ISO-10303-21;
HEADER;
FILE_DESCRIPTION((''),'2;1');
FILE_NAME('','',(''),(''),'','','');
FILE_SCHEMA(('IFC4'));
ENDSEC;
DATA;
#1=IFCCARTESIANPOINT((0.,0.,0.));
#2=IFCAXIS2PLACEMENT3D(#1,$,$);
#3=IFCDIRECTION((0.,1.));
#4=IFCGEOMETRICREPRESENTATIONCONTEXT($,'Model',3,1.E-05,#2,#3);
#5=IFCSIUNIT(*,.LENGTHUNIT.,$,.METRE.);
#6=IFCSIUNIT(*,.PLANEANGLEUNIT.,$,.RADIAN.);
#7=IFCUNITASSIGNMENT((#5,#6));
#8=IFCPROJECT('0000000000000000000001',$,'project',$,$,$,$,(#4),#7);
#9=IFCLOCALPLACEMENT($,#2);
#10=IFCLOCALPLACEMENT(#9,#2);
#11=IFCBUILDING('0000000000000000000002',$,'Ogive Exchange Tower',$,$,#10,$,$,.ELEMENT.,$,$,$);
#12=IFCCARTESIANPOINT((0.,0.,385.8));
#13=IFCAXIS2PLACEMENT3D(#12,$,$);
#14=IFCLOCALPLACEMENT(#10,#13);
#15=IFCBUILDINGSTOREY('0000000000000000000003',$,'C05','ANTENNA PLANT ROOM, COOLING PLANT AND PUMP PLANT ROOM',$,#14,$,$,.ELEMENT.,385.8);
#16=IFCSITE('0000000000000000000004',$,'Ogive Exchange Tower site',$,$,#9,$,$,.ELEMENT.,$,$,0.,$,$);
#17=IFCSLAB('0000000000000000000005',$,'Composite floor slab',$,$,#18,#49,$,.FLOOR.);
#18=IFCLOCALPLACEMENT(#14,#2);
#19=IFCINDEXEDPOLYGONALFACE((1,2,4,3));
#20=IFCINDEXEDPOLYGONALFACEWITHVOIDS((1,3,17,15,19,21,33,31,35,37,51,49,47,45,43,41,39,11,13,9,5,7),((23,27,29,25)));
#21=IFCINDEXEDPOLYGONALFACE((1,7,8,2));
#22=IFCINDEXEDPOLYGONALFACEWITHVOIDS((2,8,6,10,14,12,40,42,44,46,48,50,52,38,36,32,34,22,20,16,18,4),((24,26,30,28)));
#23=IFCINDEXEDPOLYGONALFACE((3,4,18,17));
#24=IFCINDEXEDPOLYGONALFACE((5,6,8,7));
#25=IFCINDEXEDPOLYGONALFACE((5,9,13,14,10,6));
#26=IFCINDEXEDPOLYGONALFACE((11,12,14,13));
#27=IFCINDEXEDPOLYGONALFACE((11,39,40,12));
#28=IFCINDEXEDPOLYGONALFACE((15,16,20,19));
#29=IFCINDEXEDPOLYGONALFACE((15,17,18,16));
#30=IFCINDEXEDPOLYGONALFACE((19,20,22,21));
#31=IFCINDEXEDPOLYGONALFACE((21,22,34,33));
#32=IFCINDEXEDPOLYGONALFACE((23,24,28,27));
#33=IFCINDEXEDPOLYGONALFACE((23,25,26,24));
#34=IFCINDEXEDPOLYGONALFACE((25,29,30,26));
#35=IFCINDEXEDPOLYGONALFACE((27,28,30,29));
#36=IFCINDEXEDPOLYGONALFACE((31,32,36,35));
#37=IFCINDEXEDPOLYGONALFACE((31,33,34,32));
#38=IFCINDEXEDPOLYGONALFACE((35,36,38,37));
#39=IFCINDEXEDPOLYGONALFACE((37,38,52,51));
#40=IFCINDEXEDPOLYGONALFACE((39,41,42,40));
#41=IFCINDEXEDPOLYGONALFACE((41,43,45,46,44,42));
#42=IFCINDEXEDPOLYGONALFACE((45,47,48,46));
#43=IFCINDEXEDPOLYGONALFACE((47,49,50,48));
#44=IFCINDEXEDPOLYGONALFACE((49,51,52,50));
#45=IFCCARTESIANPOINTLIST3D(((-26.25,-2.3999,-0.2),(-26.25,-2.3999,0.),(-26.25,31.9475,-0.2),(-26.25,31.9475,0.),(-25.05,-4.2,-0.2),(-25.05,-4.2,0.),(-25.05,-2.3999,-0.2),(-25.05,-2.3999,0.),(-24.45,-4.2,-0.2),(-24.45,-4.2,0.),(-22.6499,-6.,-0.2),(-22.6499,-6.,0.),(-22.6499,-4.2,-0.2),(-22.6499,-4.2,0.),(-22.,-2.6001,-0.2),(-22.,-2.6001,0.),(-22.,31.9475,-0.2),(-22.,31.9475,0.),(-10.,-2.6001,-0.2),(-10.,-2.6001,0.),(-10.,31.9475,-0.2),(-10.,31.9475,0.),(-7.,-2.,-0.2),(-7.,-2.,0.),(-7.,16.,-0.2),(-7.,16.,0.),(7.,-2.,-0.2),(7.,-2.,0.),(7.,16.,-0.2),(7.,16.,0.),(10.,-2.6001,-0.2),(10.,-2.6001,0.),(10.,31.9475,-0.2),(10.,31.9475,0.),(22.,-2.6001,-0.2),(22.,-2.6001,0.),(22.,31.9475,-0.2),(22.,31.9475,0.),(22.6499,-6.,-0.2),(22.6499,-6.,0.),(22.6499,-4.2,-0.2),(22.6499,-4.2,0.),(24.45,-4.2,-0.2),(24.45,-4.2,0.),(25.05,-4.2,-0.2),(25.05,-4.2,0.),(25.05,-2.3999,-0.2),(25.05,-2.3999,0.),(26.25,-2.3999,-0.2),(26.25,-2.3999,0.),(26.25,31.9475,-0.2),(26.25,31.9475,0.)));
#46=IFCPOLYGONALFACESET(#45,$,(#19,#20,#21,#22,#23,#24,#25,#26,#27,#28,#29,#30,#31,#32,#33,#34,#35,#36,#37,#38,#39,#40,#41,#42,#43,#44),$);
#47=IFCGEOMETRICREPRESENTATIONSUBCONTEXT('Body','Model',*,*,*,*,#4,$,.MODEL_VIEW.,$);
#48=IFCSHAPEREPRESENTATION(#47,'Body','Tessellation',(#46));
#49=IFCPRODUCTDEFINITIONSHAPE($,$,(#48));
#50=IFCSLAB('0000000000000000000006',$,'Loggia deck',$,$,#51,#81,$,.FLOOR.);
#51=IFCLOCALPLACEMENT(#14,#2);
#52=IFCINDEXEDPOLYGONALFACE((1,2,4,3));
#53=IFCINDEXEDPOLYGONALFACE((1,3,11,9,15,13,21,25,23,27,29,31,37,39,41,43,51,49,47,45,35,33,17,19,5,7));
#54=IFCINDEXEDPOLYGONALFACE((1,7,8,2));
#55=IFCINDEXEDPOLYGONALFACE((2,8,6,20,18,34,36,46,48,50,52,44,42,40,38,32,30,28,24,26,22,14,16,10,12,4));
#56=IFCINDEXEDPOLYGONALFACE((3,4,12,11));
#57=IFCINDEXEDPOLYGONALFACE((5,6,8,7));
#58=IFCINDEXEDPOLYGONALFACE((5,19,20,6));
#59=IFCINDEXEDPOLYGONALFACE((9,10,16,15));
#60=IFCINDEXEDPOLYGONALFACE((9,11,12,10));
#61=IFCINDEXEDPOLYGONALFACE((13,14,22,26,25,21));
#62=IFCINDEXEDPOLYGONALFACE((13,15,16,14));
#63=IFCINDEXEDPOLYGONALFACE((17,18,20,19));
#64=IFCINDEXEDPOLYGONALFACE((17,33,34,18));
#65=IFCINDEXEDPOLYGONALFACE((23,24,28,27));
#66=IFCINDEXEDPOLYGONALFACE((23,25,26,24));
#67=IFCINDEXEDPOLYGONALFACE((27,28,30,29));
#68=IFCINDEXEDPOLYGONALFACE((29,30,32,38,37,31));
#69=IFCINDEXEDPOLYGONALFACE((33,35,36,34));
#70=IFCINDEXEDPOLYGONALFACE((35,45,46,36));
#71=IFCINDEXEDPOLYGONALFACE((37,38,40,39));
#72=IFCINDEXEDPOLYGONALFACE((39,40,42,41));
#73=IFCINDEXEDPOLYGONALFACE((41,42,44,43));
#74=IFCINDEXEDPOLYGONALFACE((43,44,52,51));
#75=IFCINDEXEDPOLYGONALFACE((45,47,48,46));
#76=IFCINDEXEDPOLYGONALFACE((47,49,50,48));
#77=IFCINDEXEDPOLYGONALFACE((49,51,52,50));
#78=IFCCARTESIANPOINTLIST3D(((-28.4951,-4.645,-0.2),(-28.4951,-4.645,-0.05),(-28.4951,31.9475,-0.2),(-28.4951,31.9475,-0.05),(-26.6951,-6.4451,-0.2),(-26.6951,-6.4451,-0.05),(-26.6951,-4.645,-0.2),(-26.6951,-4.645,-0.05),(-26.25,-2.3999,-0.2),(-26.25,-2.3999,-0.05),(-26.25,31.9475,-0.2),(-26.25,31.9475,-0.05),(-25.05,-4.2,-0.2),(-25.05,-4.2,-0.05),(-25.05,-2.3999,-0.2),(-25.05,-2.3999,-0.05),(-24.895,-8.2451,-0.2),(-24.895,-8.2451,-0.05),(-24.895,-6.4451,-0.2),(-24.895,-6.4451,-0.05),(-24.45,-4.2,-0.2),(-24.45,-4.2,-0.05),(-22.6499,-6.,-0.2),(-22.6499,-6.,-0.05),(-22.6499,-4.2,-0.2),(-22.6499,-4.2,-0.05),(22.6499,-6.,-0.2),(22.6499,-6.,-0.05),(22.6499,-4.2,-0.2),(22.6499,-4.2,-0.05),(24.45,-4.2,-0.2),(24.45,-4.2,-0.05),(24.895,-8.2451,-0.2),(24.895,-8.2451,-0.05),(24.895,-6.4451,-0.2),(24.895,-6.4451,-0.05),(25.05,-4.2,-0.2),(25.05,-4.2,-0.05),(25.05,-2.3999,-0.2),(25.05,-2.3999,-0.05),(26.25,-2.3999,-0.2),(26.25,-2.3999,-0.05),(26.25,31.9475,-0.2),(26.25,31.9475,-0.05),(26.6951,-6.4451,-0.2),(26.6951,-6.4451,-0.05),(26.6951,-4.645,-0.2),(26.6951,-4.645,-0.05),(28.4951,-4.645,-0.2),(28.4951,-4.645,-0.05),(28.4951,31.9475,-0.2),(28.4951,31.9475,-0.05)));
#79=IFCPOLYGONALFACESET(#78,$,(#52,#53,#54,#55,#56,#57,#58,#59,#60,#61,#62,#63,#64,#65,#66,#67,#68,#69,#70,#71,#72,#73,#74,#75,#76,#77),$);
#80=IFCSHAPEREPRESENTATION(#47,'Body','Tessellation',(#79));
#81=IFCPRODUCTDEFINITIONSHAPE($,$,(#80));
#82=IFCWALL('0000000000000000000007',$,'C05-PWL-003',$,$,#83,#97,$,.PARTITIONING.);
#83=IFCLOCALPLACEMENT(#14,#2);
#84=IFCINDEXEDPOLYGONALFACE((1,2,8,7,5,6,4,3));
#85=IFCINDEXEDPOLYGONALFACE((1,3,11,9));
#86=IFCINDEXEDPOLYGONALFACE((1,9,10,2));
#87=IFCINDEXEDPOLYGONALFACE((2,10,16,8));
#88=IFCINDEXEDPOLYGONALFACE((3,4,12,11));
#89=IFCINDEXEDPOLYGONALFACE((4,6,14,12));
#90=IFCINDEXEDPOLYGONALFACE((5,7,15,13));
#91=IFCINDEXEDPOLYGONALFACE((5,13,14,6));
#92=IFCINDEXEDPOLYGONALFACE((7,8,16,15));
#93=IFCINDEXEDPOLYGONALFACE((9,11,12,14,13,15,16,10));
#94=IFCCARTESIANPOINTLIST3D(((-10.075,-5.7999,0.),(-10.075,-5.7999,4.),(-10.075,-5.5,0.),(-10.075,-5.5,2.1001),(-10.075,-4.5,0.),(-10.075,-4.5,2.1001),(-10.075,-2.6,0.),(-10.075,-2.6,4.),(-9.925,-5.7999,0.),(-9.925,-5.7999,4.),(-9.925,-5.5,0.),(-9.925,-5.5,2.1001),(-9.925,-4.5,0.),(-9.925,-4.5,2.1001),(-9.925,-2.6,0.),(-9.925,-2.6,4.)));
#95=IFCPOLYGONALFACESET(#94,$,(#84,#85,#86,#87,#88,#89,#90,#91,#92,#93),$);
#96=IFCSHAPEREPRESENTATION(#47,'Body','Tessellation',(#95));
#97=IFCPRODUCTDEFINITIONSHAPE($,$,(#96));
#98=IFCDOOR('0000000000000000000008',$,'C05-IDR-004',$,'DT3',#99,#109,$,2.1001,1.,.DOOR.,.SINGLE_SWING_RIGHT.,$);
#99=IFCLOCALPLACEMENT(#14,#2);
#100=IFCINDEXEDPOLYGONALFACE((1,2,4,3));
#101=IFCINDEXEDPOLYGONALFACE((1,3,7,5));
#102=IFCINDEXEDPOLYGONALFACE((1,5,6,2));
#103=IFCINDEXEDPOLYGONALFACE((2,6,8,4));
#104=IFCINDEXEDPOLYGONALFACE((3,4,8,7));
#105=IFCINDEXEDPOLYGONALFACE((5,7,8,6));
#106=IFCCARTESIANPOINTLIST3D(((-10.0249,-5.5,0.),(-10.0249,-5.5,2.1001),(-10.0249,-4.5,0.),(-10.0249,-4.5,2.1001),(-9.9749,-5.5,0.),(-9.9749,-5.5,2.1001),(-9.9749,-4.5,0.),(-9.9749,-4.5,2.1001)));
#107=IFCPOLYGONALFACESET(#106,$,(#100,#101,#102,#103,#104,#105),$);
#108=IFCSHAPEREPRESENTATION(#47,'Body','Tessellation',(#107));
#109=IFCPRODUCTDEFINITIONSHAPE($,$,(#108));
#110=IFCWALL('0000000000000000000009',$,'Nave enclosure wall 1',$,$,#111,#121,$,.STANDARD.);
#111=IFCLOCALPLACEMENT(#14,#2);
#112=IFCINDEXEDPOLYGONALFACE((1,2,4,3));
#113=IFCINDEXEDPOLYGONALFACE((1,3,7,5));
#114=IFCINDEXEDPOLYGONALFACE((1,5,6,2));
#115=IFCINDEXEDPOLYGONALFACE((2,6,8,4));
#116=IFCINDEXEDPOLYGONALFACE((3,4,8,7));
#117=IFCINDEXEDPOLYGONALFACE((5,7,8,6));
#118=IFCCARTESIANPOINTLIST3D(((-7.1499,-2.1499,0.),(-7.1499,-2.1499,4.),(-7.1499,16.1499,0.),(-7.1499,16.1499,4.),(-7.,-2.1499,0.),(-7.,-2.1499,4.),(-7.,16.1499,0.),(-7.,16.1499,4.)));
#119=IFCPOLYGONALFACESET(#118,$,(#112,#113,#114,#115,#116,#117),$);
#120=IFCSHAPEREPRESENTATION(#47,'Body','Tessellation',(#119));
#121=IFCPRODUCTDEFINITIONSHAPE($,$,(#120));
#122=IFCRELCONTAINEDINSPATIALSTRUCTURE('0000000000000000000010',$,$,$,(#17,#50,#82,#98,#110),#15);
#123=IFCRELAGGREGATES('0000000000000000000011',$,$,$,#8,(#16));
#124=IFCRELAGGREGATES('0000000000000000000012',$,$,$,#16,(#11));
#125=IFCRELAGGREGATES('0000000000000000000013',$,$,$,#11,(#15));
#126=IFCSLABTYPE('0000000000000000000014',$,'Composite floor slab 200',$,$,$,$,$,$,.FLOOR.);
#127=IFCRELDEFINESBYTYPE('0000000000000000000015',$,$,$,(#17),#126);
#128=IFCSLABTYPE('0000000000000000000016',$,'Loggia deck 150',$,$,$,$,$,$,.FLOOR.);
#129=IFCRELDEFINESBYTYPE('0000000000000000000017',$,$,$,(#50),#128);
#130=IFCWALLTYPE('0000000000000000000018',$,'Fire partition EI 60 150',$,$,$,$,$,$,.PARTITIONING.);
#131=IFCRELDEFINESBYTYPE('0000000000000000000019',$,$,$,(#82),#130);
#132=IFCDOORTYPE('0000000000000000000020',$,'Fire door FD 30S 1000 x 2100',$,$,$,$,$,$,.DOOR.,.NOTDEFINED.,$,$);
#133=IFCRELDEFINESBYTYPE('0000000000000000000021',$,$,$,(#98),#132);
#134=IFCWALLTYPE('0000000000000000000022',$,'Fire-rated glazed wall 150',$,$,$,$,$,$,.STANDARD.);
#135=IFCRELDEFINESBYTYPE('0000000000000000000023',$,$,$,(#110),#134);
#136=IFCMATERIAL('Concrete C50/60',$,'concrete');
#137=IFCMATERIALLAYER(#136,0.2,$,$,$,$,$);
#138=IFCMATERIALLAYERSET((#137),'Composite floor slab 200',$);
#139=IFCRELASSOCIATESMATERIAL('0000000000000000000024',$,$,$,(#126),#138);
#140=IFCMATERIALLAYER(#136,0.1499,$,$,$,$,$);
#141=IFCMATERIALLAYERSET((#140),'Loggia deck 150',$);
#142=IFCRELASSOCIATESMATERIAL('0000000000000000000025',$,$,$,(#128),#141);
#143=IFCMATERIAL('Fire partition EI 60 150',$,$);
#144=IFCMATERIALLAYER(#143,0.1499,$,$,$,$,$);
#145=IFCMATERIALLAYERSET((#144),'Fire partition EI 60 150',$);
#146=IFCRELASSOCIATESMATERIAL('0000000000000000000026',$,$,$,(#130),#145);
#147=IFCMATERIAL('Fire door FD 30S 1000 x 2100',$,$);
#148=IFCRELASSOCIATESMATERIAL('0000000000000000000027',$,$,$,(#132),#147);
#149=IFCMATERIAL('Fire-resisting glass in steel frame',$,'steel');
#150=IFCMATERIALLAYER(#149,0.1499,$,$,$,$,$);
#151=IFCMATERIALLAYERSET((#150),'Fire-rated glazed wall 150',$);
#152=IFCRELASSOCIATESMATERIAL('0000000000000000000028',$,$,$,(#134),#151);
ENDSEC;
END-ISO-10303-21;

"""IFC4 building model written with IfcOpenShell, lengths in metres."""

from ifc_helpers import new_model, si_unit, direction, frame, frame_2d, origin, place, context, subcontext, project, spatial, polyline, rectangle, outline, extrude, material, layer, layer_set, type_object, element, fill, save


model = new_model("IFC4")

# Units and contexts
model_context = context("Model", 3, precision=1e-05, world=origin(), true_north=direction((0.0, 1.0)))
body_context = subcontext(model_context, "Body", "Model", "MODEL_VIEW")
ifc_project = project(units=[si_unit("LENGTHUNIT", "METRE"), si_unit("PLANEANGLEUNIT", "RADIAN")], contexts=[model_context])

# Site, building, storey
site_placement = place(None, origin())
site = spatial("IfcSite", under=ifc_project, at=site_placement, Name="Ogive Exchange Tower site", CompositionType="ELEMENT", RefElevation=0.0)
building_placement = place(site_placement, origin())
building = spatial("IfcBuilding", under=site, at=building_placement, Name="Ogive Exchange Tower", CompositionType="ELEMENT")
storey_placement = place(building_placement, frame((0.0, 0.0, 385.8)))
storey = spatial("IfcBuildingStorey", under=building, at=storey_placement, Name="C05", Description="ANTENNA PLANT ROOM, COOLING PLANT AND PUMP PLANT ROOM", CompositionType="ELEMENT", Elevation=385.8)

# Slabs
ifc_material_1 = material(Name="Concrete C50/60", Category="concrete")
ifc_layer_1 = layer(ifc_material_1, 0.2)
ifc_layer_set_1 = layer_set([ifc_layer_1], Name="Composite floor slab 200")
slab_type_1 = type_object("IfcSlabType", Name="Composite floor slab 200", PredefinedType="FLOOR", material=ifc_layer_set_1)
slab_1_placement = place(storey_placement, frame((0.0, 0.0, -0.2)))
element("IfcSlab", 1, at=slab_1_placement, inside=storey, type_object=slab_type_1, Name="Composite floor slab", PredefinedType="FLOOR", context=body_context, shape_type="SweptSolid", body=[
    extrude(outline(polyline([(-24.45, -2.3999), (-24.45, -2.3999), (-26.25, -2.3999), (-26.25, 31.9475), (-22.0, 31.9475), (-22.0, -2.6001), (-10.0, -2.6001), (-10.0, 31.9475), (10.0, 31.9475), (10.0, -2.6001), (22.0, -2.6001), (22.0, 31.9475), (26.25, 31.9475), (26.25, -2.3999), (24.45, -2.3999), (24.45, -2.3999), (25.05, -2.3999), (25.05, -4.2), (24.45, -4.2), (24.45, -4.2), (22.6499, -4.2), (22.6499, -6.0), (-22.6499, -6.0), (-22.6499, -4.2), (-24.45, -4.2), (-24.45, -4.2), (-25.05, -4.2), (-25.05, -2.3999), (-24.45, -2.3999)]), holes=[polyline([(7.0, -2.0), (7.0, 16.0), (-7.0, 16.0), (-7.0, -2.0), (7.0, -2.0)])]), origin(), (0.0, 0.0, 1.0), 0.2),
])
ifc_layer_2 = layer(ifc_material_1, 0.1499)
ifc_layer_set_2 = layer_set([ifc_layer_2], Name="Loggia deck 150")
slab_type_2 = type_object("IfcSlabType", Name="Loggia deck 150", PredefinedType="FLOOR", material=ifc_layer_set_2)
slab_2_placement = place(storey_placement, frame((0.0, 0.0, -0.2)))
element("IfcSlab", 2, at=slab_2_placement, inside=storey, type_object=slab_type_2, Name="Loggia deck", PredefinedType="FLOOR", context=body_context, shape_type="SweptSolid", body=[
    extrude(outline(polyline([(-26.6951, -4.645), (-28.4951, -4.645), (-28.4951, 31.9475), (-26.25, 31.9475), (-26.25, -2.3999), (-24.45, -2.3999), (-24.45, -2.3999), (-25.05, -2.3999), (-25.05, -4.2), (-24.45, -4.2), (-24.45, -4.2), (-22.6499, -4.2), (-22.6499, -6.0), (22.6499, -6.0), (22.6499, -4.2), (24.45, -4.2), (24.45, -4.2), (25.05, -4.2), (25.05, -2.3999), (24.45, -2.3999), (24.45, -2.3999), (26.25, -2.3999), (26.25, 31.9475), (28.4951, 31.9475), (28.4951, -4.645), (26.6951, -4.645), (26.6951, -6.4451), (24.895, -6.4451), (24.895, -8.2451), (-24.895, -8.2451), (-24.895, -6.4451), (-26.6951, -6.4451), (-26.6951, -4.645)])), origin(), (0.0, 0.0, 1.0), 0.1499),
])

# Wall, opening, door
ifc_material_2 = material(Name="Fire partition EI 60 150")
ifc_layer_3 = layer(ifc_material_2, 0.1499)
ifc_layer_set_3 = layer_set([ifc_layer_3], Name="Fire partition EI 60 150")
wall_type_1 = type_object("IfcWallType", Name="Fire partition EI 60 150", PredefinedType="PARTITIONING", material=ifc_layer_set_3)
wall_1_placement = place(storey_placement, frame((-10.0, -5.8, 0.0), z_axis=(0.0, 0.0, 1.0), x_axis=(0.0, 1.0, 0.0)))
wall_1 = element("IfcWall", 3, at=wall_1_placement, inside=storey, type_object=wall_type_1, Name="C05-PWL-003", PredefinedType="PARTITIONING", context=body_context, shape_type="SweptSolid", body=[
    extrude(rectangle(XDim=3.2, YDim=0.1499, at=frame_2d((1.6001, 0.0))), origin(), (0.0, 0.0, 1.0), 4.0),
])
opening_1_placement = place(wall_1_placement, frame((0.3, 0.0, 0.0)))
opening_1 = element("IfcOpeningElement", 4, at=opening_1_placement, cuts=wall_1, PredefinedType="OPENING", context=body_context, shape_type="SweptSolid", body=[
    extrude(rectangle(XDim=1.0, YDim=2.1001, at=frame_2d((0.5, 1.05))), frame((0.0, 0.085, 0.0), z_axis=(0.0, -1.0, 0.0), x_axis=(1.0, 0.0, 0.0)), (0.0, 0.0, 1.0), 0.1699),
])
ifc_material_3 = material(Name="Fire door FD 30S 1000 x 2100")
door_type_1 = type_object("IfcDoorType", Name="Fire door FD 30S 1000 x 2100", OperationType="NOTDEFINED", PredefinedType="DOOR", material=ifc_material_3)
door_1_placement = place(opening_1_placement, origin())
door_1 = element("IfcDoor", 5, at=door_1_placement, inside=storey, type_object=door_type_1, Name="C05-IDR-004", ObjectType="DT3", OperationType="SINGLE_SWING_RIGHT", OverallHeight=2.1001, OverallWidth=1.0, PredefinedType="DOOR", context=body_context, shape_type="SweptSolid", body=[
    extrude(rectangle(XDim=1.0, YDim=2.1001, at=frame_2d((0.5, 1.05))), frame((0.0, 0.0249, 0.0), z_axis=(0.0, -1.0, 0.0), x_axis=(1.0, 0.0, 0.0)), (0.0, 0.0, 1.0), 0.05),
])
fill(opening_1, door_1)

# Wall
ifc_material_4 = material(Name="Fire-resisting glass in steel frame", Category="steel")
ifc_layer_4 = layer(ifc_material_4, 0.1499)
ifc_layer_set_4 = layer_set([ifc_layer_4], Name="Fire-rated glazed wall 150")
wall_type_2 = type_object("IfcWallType", Name="Fire-rated glazed wall 150", PredefinedType="STANDARD", material=ifc_layer_set_4)
wall_2_placement = place(storey_placement, frame((-7.075, -2.1499, 0.0), z_axis=(0.0, 0.0, 1.0), x_axis=(0.0, 1.0, 0.0)))
element("IfcWall", 6, at=wall_2_placement, inside=storey, type_object=wall_type_2, Name="Nave enclosure wall 1", PredefinedType="STANDARD", context=body_context, shape_type="SweptSolid", body=[
    extrude(rectangle(XDim=18.2998, YDim=0.1499, at=frame_2d((9.1499, 0.0))), origin(), (0.0, 0.0, 1.0), 4.0),
])

save(model, "model.ifc")
